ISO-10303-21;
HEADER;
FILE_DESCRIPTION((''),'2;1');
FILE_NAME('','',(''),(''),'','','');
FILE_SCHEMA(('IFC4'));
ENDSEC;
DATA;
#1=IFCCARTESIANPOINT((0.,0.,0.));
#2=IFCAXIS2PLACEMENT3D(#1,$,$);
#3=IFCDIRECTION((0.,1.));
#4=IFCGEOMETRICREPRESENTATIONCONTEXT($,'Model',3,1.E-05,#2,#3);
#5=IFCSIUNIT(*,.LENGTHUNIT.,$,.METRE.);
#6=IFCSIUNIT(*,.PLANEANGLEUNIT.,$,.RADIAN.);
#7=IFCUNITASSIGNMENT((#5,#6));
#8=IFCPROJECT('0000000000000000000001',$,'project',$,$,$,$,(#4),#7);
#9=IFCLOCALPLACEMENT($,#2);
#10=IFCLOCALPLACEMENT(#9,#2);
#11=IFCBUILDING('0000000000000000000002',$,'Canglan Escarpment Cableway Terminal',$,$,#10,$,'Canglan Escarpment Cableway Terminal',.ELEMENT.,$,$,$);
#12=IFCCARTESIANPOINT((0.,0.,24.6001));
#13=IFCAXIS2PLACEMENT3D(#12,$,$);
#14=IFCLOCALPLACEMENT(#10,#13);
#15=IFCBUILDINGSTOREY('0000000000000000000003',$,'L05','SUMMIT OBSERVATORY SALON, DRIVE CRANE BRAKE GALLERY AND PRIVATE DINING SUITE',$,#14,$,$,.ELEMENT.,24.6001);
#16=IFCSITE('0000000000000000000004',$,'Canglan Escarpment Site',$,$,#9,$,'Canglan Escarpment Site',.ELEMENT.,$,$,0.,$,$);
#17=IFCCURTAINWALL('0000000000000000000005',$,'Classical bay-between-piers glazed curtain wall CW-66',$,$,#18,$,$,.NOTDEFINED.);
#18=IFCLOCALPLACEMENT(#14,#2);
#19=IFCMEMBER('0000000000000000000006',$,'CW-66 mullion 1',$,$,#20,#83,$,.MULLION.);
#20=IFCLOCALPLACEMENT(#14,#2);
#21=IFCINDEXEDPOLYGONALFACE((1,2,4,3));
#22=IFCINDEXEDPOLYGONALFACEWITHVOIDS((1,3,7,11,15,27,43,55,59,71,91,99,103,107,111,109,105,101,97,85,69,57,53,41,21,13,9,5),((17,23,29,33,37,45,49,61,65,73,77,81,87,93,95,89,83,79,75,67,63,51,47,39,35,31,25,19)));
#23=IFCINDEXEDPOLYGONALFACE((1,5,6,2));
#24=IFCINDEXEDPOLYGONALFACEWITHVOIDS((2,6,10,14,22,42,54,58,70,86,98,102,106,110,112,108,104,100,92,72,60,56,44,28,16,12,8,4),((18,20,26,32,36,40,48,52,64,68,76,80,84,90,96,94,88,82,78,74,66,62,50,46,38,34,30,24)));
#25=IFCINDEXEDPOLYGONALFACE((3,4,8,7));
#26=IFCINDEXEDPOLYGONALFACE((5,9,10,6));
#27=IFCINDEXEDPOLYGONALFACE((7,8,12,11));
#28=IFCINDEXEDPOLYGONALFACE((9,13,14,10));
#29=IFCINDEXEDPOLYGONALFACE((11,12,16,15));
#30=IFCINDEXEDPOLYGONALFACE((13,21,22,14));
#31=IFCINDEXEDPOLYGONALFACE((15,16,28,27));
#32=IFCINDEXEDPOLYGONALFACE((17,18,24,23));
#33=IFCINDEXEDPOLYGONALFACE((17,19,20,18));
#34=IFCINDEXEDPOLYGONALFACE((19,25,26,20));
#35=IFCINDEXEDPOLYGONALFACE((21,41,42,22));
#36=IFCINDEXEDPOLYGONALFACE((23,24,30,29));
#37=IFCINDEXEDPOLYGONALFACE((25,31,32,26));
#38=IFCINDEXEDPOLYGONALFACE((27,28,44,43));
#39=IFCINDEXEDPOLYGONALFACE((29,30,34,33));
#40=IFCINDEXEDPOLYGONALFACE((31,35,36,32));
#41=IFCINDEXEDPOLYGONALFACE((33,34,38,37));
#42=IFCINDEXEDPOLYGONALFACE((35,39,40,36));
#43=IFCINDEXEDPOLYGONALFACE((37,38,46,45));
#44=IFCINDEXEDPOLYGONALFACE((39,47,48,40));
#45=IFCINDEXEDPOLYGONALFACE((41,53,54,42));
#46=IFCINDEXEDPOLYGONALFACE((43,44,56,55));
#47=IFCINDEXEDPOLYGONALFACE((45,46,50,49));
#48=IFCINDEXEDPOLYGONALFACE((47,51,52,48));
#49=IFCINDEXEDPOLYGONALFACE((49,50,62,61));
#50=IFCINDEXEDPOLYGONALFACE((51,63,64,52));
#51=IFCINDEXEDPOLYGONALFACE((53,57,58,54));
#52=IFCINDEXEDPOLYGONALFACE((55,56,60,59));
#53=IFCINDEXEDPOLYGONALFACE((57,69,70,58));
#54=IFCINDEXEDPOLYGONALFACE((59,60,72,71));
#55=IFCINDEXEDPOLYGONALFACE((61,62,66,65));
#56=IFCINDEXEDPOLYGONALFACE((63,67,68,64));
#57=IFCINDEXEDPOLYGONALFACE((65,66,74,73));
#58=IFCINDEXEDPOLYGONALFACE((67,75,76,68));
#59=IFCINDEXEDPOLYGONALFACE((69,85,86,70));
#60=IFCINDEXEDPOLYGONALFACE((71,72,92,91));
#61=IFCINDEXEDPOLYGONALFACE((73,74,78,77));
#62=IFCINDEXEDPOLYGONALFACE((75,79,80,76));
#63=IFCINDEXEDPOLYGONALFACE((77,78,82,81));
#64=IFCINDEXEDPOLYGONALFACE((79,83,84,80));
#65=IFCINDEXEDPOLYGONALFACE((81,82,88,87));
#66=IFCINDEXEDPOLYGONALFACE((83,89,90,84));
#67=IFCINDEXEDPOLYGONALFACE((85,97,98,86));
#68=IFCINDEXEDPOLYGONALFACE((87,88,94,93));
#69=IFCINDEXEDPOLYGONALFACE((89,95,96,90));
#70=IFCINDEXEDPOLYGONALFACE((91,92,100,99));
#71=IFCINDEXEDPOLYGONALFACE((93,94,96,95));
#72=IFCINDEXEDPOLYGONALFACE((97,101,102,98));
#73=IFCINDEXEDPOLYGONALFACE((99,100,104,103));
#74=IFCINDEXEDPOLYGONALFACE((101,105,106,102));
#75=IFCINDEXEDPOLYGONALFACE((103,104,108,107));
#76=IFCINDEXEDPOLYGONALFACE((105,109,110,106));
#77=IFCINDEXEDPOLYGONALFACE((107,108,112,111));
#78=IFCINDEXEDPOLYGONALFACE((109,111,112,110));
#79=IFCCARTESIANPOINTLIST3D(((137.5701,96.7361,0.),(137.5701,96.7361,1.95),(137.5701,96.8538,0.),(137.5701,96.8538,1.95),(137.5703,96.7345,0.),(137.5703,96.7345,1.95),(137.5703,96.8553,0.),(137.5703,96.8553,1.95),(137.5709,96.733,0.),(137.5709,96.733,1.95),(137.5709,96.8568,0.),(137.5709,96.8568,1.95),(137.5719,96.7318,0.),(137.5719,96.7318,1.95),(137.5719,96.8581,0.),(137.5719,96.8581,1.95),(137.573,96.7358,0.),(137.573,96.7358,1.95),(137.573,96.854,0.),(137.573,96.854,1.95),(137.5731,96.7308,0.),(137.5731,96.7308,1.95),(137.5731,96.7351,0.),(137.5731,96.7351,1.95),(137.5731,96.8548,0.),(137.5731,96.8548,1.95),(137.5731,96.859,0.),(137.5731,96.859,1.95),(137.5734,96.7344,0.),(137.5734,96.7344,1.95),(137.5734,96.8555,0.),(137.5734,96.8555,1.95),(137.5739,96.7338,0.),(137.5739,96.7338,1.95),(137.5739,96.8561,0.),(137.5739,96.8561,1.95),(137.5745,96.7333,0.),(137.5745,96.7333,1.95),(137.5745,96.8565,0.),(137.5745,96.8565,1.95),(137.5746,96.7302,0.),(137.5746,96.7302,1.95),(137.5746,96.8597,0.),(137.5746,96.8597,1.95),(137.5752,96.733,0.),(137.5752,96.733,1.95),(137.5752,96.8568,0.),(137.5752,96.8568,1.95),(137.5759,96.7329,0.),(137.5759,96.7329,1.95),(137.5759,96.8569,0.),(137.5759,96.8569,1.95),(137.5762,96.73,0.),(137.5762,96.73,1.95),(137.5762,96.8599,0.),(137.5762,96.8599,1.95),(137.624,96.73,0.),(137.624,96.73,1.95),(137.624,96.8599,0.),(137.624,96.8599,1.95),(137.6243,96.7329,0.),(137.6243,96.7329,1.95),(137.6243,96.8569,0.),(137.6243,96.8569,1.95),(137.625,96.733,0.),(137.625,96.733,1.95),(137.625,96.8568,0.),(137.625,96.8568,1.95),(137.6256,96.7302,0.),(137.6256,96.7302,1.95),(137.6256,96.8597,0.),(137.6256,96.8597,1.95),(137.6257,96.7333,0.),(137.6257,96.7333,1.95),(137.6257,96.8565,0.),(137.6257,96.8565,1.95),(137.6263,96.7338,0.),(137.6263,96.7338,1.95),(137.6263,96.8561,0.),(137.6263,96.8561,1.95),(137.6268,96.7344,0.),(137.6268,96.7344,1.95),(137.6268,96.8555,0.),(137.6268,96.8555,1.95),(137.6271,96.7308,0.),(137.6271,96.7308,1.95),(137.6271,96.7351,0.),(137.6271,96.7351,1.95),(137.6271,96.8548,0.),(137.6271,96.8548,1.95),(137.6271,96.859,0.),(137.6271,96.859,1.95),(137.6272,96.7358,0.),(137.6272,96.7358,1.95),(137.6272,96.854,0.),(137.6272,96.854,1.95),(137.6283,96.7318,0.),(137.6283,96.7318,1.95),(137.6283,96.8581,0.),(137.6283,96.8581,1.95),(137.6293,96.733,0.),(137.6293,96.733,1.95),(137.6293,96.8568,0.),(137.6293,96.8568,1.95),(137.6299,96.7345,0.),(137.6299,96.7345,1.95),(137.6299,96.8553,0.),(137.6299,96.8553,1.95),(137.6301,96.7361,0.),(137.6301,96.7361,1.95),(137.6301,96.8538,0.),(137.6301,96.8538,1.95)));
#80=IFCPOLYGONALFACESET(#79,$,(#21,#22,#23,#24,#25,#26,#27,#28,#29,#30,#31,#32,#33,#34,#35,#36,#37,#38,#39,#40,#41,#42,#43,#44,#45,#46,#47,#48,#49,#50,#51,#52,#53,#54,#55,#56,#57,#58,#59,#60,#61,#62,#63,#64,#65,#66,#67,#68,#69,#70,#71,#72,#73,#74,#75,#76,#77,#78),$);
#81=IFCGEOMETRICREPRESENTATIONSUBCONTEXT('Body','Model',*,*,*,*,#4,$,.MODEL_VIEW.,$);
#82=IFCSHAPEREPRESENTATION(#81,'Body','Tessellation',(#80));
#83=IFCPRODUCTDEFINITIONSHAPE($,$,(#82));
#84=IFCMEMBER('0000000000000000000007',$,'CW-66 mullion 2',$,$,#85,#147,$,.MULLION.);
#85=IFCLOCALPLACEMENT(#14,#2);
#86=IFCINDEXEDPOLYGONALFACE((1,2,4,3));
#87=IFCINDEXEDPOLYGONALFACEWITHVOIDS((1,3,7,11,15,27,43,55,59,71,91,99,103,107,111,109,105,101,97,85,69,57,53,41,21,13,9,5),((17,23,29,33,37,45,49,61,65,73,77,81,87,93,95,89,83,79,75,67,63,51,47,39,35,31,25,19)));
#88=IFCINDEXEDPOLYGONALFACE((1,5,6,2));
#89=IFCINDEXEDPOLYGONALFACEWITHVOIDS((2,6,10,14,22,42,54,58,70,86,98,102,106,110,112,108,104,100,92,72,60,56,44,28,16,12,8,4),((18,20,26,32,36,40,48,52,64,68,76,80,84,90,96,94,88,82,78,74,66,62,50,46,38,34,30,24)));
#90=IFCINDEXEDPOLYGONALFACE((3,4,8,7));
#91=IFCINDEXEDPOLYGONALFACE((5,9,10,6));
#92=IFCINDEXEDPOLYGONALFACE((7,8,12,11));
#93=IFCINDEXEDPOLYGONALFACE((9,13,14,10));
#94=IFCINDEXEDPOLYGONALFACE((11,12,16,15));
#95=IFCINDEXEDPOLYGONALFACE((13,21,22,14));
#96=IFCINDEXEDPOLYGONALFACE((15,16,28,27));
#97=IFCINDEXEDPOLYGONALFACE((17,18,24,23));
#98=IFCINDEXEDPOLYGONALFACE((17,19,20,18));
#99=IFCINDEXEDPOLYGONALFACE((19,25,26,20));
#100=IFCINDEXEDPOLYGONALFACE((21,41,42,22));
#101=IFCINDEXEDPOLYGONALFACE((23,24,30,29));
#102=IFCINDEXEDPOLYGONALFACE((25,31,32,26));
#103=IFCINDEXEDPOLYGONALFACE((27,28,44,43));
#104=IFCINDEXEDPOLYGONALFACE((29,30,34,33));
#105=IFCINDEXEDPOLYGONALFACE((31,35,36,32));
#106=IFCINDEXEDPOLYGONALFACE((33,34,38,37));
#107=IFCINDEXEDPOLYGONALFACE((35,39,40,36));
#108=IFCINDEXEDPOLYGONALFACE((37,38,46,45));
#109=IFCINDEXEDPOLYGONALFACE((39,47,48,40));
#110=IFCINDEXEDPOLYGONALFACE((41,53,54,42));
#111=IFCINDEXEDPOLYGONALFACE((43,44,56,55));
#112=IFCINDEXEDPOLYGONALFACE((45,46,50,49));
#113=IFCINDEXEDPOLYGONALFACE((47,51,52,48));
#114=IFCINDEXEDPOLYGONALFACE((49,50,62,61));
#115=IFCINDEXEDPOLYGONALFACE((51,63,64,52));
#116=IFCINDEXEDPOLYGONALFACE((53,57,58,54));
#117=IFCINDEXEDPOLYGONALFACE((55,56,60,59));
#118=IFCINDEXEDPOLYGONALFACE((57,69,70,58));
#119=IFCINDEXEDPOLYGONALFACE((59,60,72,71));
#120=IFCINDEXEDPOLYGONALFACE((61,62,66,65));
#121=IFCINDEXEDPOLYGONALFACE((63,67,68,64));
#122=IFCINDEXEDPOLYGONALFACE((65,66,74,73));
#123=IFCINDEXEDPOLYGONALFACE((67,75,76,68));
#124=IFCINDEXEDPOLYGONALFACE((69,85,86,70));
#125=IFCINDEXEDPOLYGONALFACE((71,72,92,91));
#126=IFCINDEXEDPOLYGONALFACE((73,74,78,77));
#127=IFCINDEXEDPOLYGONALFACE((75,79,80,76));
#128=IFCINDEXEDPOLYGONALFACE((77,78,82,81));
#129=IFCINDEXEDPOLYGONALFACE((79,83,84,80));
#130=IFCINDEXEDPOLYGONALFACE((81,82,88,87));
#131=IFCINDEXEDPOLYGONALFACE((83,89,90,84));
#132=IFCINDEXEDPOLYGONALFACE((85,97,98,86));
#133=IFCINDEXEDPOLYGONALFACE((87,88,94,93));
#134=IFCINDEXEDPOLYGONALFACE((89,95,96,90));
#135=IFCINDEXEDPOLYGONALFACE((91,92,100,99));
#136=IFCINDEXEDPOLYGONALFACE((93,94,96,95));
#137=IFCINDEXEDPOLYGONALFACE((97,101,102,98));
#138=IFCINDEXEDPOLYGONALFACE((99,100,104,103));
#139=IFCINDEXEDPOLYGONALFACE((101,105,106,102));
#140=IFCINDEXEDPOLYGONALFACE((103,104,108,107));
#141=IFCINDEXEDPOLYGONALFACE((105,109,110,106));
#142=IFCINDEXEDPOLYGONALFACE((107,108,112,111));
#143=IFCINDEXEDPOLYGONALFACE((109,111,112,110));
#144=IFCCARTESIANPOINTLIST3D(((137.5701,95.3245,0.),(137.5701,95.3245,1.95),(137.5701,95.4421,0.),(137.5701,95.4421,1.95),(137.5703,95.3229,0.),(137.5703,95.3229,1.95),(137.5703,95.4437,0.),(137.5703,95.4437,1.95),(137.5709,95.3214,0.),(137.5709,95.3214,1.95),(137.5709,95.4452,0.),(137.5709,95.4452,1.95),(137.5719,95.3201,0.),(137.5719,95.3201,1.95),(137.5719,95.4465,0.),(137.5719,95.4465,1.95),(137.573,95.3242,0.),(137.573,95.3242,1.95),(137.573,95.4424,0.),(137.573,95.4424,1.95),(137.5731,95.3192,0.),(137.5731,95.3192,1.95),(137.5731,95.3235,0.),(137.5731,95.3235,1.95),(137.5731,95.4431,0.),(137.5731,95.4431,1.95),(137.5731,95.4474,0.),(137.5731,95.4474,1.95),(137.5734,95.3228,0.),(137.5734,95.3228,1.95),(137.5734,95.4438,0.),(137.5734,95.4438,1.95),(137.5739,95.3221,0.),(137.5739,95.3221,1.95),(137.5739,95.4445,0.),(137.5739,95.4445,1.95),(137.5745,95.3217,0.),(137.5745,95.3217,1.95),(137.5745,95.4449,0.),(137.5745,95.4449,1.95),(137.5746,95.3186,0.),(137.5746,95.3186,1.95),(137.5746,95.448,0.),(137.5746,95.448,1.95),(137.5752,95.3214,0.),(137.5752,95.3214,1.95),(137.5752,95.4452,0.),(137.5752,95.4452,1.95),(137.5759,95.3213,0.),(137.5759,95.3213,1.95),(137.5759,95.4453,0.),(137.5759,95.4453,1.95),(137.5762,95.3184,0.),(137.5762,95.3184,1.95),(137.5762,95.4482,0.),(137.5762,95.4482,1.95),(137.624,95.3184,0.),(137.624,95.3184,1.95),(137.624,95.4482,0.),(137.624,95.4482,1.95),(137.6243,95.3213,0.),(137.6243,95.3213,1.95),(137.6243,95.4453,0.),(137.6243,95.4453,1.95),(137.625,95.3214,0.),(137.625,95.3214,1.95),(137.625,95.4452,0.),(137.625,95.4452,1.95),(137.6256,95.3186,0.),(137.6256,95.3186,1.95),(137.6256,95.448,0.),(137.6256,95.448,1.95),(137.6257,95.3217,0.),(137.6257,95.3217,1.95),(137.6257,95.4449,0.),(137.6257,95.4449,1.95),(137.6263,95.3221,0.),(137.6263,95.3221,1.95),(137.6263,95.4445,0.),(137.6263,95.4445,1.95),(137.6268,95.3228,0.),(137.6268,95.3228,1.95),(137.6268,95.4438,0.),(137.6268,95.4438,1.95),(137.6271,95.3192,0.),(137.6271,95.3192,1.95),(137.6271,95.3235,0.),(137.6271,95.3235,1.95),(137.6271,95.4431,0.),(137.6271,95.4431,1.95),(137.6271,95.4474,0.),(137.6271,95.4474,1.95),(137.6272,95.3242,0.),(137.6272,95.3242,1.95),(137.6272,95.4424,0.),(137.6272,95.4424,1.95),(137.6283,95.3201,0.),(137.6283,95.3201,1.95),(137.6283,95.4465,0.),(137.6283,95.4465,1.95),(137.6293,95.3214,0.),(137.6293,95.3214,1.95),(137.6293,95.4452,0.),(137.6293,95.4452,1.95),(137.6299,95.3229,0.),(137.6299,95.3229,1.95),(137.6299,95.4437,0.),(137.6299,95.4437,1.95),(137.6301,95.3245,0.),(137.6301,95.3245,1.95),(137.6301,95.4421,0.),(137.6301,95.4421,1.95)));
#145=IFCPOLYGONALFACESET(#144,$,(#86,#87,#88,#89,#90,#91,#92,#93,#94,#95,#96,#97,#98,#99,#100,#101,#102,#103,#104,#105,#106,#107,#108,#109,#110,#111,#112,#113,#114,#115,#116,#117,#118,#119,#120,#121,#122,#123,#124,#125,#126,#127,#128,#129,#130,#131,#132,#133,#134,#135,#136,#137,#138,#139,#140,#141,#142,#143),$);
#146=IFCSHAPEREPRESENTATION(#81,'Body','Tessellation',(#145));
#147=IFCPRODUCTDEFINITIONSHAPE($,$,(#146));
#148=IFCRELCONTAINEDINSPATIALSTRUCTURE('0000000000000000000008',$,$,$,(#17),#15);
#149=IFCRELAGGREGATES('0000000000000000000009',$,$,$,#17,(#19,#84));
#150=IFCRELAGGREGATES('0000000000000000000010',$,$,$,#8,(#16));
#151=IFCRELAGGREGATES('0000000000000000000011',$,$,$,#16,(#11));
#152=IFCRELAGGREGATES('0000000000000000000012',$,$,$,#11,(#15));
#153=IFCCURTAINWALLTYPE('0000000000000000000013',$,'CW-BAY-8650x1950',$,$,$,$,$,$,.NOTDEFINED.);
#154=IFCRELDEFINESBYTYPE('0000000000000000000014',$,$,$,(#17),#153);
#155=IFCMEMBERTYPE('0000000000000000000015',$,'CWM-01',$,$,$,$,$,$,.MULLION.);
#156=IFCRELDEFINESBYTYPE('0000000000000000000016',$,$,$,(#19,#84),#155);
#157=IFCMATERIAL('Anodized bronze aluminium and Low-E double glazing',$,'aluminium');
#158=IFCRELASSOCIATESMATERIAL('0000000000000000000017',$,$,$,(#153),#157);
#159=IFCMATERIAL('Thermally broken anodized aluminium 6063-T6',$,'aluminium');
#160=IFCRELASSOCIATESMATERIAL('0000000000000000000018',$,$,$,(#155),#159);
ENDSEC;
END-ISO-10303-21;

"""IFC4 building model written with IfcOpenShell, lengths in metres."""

from ifc_helpers import new_model, si_unit, direction, frame, origin, origin_2d, place, context, subcontext, project, spatial, hollow_rectangle, extrude, material, material_profile, profile_set, type_object, element, aggregate, save


model = new_model("IFC4")

# Units and contexts
model_context = context("Model", 3, precision=1e-05, world=origin(), true_north=direction((0.0, 1.0)))
body_context = subcontext(model_context, "Body", "Model", "MODEL_VIEW")
ifc_project = project(units=[si_unit("LENGTHUNIT", "METRE"), si_unit("PLANEANGLEUNIT", "RADIAN")], contexts=[model_context])

# Site, building, storey
site_placement = place(None, origin())
site = spatial("IfcSite", under=ifc_project, at=site_placement, Name="Canglan Escarpment Site", LongName="Canglan Escarpment Site", CompositionType="ELEMENT", RefElevation=0.0)
building_placement = place(site_placement, origin())
building = spatial("IfcBuilding", under=site, at=building_placement, Name="Canglan Escarpment Cableway Terminal", LongName="Canglan Escarpment Cableway Terminal", CompositionType="ELEMENT")
storey_placement = place(building_placement, frame((0.0, 0.0, 24.6001)))
storey = spatial("IfcBuildingStorey", under=building, at=storey_placement, Name="L05", Description="SUMMIT OBSERVATORY SALON, DRIVE CRANE BRAKE GALLERY AND PRIVATE DINING SUITE", CompositionType="ELEMENT", Elevation=24.6001)

# Curtain wall, members
ifc_material_1 = material(Name="Anodized bronze aluminium and Low-E double glazing", Category="aluminium")
curtain_wall_type = type_object("IfcCurtainWallType", Name="CW-BAY-8650x1950", PredefinedType="NOTDEFINED", material=ifc_material_1)
curtain_wall_placement = place(storey_placement, origin())
curtain_wall = element("IfcCurtainWall", 1, at=curtain_wall_placement, inside=storey, type_object=curtain_wall_type, Name="Classical bay-between-piers glazed curtain wall CW-66", PredefinedType="NOTDEFINED")
ifc_material_2 = material(Name="Thermally broken anodized aluminium 6063-T6", Category="aluminium")
ifc_material_profile_1 = material_profile(ifc_material_2, hollow_rectangle(XDim=0.0601, YDim=0.1299, WallThickness=0.0029, InnerFilletRadius=0.0029, OuterFilletRadius=0.0061, at=origin_2d()), Name="ALU-MULL 60x130x3")
ifc_profile_set_1 = profile_set([ifc_material_profile_1], Name="Thermally broken anodized aluminium 6063-T6")
member_type_1 = type_object("IfcMemberType", Name="CWM-01", PredefinedType="MULLION", material=ifc_profile_set_1)
member_1_placement = place(storey_placement, frame((137.6001, 96.7949, 0.0), z_axis=(0.0, 0.0, 1.0), x_axis=(1.0, 0.0, 0.0)))
member_1 = element("IfcMember", 2, at=member_1_placement, type_object=member_type_1, Name="CW-66 mullion 1", PredefinedType="MULLION", context=body_context, shape_type="SweptSolid", body=[
    extrude(hollow_rectangle(XDim=0.0601, YDim=0.1299, WallThickness=0.0029, InnerFilletRadius=0.0029, OuterFilletRadius=0.0061, at=origin_2d()), origin(), (0.0, 0.0, 1.0), 1.95),
])
member_2_placement = place(storey_placement, frame((137.6001, 95.3833, 0.0), z_axis=(0.0, 0.0, 1.0), x_axis=(1.0, 0.0, 0.0)))
member_2 = element("IfcMember", 3, at=member_2_placement, type_object=member_type_1, Name="CW-66 mullion 2", PredefinedType="MULLION", context=body_context, shape_type="SweptSolid", body=[
    extrude(hollow_rectangle(XDim=0.0601, YDim=0.1299, WallThickness=0.0029, InnerFilletRadius=0.0029, OuterFilletRadius=0.0061, at=origin_2d()), origin(), (0.0, 0.0, 1.0), 1.95),
])

aggregate(curtain_wall, [member_1, member_2])

save(model, "model.ifc")
